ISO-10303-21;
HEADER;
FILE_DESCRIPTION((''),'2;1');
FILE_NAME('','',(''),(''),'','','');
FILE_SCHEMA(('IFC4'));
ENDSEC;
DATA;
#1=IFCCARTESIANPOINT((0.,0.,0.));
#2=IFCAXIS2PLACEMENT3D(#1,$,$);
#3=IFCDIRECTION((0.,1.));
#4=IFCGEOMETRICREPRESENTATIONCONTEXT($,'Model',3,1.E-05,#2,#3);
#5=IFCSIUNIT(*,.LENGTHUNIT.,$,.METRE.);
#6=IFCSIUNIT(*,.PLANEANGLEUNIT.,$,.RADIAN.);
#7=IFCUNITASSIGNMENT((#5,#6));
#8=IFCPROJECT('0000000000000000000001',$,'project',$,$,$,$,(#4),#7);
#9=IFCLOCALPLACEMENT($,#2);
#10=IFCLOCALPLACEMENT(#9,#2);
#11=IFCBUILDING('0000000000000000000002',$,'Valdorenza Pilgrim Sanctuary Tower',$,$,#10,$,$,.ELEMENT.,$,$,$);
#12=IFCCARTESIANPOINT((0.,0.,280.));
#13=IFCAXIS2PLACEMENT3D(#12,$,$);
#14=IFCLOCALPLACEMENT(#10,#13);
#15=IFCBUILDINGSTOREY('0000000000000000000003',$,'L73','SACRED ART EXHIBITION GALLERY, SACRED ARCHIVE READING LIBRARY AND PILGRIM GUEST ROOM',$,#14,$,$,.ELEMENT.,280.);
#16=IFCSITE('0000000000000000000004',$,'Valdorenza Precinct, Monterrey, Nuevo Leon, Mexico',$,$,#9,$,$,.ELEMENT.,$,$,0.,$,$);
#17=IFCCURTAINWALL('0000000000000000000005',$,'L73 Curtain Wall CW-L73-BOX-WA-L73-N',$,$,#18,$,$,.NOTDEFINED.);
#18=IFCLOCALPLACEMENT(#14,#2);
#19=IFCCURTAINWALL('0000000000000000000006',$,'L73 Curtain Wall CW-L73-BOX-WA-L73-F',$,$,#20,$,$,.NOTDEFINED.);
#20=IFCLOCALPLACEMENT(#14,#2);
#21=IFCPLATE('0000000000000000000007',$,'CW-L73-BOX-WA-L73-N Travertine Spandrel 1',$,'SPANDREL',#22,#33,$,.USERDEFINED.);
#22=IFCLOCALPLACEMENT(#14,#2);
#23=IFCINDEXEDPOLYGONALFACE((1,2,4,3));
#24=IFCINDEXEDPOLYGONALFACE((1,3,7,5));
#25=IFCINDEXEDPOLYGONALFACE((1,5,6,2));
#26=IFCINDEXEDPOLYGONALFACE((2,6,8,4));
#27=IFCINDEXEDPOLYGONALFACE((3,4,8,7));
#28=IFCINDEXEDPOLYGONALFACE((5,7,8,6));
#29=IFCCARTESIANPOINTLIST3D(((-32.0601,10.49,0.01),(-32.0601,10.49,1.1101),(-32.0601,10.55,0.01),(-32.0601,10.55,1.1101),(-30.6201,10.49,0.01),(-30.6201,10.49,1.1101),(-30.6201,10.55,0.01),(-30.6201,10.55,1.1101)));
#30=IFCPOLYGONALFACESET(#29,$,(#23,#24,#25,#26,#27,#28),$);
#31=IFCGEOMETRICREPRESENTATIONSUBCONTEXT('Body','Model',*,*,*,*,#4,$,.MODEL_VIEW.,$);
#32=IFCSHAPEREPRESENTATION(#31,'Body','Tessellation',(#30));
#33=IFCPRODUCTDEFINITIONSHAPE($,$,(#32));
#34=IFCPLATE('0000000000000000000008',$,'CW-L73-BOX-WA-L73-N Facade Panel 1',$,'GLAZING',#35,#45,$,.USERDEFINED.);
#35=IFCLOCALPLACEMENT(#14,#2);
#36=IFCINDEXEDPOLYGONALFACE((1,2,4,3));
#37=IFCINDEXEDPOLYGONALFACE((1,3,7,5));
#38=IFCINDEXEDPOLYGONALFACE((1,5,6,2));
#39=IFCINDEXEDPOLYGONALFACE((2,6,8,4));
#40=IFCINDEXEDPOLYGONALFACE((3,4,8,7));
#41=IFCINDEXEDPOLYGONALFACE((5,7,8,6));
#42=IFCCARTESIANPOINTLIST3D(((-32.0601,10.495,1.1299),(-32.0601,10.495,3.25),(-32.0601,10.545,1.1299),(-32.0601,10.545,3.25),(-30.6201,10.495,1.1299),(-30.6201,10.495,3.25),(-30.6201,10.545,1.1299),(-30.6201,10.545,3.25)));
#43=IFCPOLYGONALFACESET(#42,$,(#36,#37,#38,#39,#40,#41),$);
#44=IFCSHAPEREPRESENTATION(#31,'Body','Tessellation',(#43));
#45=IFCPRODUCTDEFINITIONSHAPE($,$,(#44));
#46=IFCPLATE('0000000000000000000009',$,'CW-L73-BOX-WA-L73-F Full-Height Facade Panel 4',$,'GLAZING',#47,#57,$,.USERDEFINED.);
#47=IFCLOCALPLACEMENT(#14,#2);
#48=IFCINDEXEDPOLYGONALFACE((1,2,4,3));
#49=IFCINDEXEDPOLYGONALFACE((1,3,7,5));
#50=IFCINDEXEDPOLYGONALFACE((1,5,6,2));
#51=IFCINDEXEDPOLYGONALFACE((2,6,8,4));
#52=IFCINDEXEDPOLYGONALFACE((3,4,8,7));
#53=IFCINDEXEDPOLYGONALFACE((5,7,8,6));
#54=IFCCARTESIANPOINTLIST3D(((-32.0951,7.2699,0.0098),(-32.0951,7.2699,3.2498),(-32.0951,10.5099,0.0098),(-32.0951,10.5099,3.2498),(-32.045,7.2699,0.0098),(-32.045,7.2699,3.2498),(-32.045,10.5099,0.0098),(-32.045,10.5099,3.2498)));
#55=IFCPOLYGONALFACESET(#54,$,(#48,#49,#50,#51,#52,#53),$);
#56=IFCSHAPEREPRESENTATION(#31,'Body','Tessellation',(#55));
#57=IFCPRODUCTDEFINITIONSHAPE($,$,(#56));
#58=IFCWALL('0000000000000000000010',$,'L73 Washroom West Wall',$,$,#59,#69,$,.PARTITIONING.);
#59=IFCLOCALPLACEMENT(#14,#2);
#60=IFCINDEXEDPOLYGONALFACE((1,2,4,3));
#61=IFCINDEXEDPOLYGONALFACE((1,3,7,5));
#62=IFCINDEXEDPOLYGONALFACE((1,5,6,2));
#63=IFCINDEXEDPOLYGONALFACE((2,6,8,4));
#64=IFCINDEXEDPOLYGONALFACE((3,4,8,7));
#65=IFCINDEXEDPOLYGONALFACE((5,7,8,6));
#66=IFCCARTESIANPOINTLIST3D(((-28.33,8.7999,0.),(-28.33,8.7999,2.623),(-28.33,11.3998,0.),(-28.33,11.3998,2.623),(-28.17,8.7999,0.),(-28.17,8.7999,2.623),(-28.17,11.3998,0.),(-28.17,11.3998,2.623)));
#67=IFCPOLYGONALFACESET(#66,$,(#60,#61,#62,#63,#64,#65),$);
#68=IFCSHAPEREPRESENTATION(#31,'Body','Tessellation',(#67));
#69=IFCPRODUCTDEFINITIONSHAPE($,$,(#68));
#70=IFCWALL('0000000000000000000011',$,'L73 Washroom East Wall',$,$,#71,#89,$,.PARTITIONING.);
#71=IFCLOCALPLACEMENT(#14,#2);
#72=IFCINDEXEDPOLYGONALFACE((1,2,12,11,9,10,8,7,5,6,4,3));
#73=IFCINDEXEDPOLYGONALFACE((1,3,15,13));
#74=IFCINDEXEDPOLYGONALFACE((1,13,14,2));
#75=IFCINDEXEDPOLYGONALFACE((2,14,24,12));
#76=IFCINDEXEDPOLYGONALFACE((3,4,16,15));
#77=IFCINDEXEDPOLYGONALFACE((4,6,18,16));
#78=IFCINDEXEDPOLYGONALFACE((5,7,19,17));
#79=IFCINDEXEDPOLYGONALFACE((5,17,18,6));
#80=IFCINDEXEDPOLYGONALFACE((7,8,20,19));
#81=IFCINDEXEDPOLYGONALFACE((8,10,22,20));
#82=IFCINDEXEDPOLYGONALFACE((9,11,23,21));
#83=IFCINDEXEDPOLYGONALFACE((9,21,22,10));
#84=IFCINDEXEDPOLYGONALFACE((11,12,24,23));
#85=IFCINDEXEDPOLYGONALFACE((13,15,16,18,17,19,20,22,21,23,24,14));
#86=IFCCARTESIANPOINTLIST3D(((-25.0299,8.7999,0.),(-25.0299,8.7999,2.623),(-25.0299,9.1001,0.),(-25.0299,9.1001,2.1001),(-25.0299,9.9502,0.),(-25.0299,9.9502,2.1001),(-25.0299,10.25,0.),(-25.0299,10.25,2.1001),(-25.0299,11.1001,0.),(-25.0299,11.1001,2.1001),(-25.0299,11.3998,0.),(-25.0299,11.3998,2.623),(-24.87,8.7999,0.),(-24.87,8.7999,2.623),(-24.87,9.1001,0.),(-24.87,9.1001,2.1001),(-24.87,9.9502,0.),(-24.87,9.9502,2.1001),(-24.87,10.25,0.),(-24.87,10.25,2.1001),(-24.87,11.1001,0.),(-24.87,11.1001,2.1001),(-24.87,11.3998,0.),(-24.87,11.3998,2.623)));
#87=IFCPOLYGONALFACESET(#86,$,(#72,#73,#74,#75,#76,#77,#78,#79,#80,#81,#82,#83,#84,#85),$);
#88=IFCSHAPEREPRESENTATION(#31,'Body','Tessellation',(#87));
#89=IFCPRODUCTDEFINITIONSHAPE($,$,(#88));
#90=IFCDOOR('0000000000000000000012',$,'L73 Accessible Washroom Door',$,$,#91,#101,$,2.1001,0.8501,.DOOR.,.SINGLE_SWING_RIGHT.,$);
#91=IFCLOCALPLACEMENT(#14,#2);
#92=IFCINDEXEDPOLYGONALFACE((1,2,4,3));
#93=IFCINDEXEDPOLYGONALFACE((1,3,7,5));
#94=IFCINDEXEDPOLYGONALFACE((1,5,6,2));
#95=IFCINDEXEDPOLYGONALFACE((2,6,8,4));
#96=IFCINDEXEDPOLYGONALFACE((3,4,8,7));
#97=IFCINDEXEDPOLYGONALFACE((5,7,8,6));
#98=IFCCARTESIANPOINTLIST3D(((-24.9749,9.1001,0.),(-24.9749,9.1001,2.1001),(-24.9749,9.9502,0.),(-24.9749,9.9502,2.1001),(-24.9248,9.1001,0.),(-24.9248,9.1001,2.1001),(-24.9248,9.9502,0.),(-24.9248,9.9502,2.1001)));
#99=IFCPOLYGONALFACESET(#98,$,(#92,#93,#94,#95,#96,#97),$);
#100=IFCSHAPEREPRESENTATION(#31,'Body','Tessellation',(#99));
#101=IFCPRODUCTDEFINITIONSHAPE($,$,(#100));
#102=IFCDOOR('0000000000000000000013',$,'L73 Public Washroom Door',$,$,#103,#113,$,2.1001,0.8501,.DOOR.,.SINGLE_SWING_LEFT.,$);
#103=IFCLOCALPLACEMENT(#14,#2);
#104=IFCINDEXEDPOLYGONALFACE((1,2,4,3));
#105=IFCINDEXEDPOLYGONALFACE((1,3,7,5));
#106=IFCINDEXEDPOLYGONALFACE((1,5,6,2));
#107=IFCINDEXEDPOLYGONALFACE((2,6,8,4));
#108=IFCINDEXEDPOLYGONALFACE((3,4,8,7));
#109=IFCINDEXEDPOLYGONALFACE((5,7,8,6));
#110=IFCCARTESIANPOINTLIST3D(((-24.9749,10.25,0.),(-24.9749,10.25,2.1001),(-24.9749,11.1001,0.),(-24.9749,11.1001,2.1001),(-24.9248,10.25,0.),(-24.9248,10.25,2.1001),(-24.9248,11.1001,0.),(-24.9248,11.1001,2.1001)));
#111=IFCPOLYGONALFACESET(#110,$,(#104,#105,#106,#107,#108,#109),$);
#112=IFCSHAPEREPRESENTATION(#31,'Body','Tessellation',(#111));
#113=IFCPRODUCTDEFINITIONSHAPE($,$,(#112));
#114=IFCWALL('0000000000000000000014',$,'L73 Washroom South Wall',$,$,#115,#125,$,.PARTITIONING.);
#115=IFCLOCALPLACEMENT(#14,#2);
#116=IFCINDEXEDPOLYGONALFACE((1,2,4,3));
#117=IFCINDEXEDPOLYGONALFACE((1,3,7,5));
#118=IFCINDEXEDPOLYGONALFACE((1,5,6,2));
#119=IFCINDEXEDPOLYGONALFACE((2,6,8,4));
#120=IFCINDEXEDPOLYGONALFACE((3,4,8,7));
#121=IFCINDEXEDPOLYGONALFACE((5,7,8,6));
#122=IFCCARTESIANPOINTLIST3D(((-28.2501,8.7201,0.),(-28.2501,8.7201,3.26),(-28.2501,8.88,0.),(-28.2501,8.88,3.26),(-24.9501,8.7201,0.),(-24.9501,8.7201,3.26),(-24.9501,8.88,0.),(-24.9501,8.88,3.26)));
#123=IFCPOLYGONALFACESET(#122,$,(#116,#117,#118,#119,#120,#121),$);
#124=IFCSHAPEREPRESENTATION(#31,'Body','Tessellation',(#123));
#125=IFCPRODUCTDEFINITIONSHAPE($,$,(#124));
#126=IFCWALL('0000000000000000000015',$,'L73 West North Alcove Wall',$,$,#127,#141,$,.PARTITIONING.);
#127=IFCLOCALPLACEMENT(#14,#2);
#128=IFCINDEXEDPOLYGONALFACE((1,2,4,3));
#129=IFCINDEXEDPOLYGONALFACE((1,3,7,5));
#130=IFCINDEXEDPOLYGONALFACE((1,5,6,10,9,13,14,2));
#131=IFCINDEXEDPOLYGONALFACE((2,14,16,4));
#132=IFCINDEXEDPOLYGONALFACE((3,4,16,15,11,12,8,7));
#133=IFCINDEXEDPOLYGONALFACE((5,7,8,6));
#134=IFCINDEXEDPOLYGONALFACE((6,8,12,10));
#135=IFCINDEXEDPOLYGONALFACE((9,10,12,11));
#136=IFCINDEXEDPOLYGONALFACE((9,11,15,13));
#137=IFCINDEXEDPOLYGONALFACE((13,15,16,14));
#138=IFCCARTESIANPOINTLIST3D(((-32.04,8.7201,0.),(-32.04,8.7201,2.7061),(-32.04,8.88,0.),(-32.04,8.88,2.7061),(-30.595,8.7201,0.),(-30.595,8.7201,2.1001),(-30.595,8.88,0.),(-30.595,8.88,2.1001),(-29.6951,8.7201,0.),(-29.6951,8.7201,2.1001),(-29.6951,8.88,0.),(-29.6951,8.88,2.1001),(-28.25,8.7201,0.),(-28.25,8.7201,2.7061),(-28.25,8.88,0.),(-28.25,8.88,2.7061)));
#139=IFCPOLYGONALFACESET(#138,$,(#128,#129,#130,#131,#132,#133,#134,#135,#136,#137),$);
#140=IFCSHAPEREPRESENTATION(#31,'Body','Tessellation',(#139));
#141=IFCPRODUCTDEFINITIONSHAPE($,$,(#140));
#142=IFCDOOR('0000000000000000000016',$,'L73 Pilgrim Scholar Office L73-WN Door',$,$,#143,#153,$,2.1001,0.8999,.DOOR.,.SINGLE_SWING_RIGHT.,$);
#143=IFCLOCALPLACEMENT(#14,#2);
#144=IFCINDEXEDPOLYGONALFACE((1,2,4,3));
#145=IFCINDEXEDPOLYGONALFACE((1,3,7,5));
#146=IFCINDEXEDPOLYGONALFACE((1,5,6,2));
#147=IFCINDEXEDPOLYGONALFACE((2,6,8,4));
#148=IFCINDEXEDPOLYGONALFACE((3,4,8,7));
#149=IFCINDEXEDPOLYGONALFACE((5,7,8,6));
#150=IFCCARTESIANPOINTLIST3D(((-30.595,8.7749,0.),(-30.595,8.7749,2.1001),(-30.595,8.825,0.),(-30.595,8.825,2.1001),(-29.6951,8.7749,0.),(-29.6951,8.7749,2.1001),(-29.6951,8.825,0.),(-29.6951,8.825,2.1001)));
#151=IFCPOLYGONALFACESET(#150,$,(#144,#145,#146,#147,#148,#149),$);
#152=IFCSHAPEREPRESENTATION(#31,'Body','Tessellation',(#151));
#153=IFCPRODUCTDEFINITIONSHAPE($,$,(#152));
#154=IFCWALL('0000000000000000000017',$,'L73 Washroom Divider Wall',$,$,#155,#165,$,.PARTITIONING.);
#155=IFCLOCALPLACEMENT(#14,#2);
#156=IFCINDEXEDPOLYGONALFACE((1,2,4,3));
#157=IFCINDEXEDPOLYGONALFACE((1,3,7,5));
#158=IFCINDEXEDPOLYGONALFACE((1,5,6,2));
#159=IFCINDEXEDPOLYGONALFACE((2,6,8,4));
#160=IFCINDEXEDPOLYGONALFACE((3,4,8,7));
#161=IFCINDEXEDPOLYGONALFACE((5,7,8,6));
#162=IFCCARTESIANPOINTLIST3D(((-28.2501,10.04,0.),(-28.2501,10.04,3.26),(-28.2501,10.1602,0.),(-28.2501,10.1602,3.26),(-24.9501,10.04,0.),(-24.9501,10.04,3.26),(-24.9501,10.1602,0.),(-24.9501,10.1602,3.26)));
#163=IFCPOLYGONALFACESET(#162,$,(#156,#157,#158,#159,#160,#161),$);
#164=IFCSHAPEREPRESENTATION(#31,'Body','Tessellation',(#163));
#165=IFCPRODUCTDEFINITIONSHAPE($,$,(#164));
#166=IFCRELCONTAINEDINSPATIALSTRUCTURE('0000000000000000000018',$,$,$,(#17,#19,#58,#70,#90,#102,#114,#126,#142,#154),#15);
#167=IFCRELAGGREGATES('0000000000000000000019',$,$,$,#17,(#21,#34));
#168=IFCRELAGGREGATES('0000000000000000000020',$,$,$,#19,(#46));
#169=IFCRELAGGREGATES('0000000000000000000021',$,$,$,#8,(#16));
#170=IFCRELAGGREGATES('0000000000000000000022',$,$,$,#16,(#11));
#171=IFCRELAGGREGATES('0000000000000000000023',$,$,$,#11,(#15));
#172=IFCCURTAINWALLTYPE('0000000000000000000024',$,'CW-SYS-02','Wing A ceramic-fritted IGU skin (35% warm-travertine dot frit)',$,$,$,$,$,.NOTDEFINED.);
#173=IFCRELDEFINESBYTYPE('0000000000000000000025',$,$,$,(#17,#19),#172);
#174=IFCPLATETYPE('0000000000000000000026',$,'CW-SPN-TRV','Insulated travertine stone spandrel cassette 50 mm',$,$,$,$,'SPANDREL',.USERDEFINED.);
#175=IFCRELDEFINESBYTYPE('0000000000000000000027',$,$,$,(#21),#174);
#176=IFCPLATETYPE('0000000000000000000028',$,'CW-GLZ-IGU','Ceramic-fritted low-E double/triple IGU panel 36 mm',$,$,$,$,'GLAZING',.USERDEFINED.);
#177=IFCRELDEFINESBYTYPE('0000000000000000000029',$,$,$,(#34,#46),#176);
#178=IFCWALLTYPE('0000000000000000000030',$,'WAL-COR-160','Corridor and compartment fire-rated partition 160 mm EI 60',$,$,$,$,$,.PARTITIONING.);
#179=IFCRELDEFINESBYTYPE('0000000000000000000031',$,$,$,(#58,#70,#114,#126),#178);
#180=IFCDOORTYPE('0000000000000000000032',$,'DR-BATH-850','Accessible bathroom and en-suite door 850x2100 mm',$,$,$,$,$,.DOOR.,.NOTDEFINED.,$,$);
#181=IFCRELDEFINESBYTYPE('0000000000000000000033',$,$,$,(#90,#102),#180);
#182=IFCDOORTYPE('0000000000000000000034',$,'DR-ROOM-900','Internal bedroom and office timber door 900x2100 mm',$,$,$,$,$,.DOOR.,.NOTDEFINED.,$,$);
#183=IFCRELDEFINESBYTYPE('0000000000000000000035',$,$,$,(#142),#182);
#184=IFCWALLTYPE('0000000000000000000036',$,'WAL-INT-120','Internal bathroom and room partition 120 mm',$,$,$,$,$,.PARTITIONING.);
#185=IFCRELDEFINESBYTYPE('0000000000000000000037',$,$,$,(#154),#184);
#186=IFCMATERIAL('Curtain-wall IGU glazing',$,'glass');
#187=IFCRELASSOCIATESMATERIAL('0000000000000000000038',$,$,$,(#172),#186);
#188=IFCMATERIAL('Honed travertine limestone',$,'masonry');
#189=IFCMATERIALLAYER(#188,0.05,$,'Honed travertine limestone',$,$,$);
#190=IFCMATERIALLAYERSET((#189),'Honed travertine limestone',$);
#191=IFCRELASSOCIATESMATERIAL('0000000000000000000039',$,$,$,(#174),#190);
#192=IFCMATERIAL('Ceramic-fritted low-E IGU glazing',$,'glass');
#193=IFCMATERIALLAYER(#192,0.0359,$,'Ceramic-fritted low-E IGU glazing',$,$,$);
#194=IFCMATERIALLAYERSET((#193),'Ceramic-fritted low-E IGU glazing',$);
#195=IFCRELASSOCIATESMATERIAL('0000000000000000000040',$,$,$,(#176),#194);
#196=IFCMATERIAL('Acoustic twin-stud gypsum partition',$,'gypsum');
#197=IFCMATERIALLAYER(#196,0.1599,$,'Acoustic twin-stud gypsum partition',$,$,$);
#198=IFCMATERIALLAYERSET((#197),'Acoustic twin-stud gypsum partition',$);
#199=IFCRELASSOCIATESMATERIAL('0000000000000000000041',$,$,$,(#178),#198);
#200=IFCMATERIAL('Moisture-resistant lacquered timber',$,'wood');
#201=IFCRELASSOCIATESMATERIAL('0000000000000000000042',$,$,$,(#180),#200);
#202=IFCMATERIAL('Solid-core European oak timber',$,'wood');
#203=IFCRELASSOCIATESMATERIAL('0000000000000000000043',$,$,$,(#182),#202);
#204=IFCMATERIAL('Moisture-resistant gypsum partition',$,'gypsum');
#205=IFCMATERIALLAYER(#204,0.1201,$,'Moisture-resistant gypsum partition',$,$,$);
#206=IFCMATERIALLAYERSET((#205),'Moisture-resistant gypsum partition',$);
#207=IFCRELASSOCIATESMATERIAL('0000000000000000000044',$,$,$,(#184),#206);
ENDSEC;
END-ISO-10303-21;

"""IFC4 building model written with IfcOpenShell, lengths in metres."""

from ifc_helpers import new_model, si_unit, direction, frame, frame_2d, origin, origin_2d, place, context, subcontext, project, spatial, rectangle, extrude, source, transform, mapped, material, layer, layer_set, type_object, element, fill, aggregate, save


model = new_model("IFC4")

# Units and contexts
model_context = context("Model", 3, precision=1e-05, world=origin(), true_north=direction((0.0, 1.0)))
body_context = subcontext(model_context, "Body", "Model", "MODEL_VIEW")
ifc_project = project(units=[si_unit("LENGTHUNIT", "METRE"), si_unit("PLANEANGLEUNIT", "RADIAN")], contexts=[model_context])

# Site, building, storey
site_placement = place(None, origin())
site = spatial("IfcSite", under=ifc_project, at=site_placement, Name="Valdorenza Precinct, Monterrey, Nuevo Leon, Mexico", CompositionType="ELEMENT", RefElevation=0.0)
building_placement = place(site_placement, origin())
building = spatial("IfcBuilding", under=site, at=building_placement, Name="Valdorenza Pilgrim Sanctuary Tower", CompositionType="ELEMENT")
storey_placement = place(building_placement, frame((0.0, 0.0, 280.0)))
storey = spatial("IfcBuildingStorey", under=building, at=storey_placement, Name="L73", Description="SACRED ART EXHIBITION GALLERY, SACRED ARCHIVE READING LIBRARY AND PILGRIM GUEST ROOM", CompositionType="ELEMENT", Elevation=280.0)

# Curtain wall
ifc_material_1 = material(Name="Curtain-wall IGU glazing", Category="glass")
curtain_wall_type = type_object("IfcCurtainWallType", Name="CW-SYS-02", Description="Wing A ceramic-fritted IGU skin (35% warm-travertine dot frit)", PredefinedType="NOTDEFINED", material=ifc_material_1)
curtain_wall_1_placement = place(storey_placement, origin())
curtain_wall_1 = element("IfcCurtainWall", 1, at=curtain_wall_1_placement, inside=storey, type_object=curtain_wall_type, Name="L73 Curtain Wall CW-L73-BOX-WA-L73-N", PredefinedType="NOTDEFINED")

# Curtain wall
curtain_wall_2_placement = place(storey_placement, origin())
curtain_wall_2 = element("IfcCurtainWall", 2, at=curtain_wall_2_placement, inside=storey, type_object=curtain_wall_type, Name="L73 Curtain Wall CW-L73-BOX-WA-L73-F", PredefinedType="NOTDEFINED")

# Plates
ifc_material_2 = material(Name="Honed travertine limestone", Category="masonry")
ifc_layer_1 = layer(ifc_material_2, 0.05, Name="Honed travertine limestone")
ifc_layer_set_1 = layer_set([ifc_layer_1], Name="Honed travertine limestone")
plate_type_1 = type_object("IfcPlateType", Name="CW-SPN-TRV", Description="Insulated travertine stone spandrel cassette 50 mm", ElementType="SPANDREL", PredefinedType="USERDEFINED", material=ifc_layer_set_1)
shared_shape_1 = source(origin(), body_context, "Body", "SweptSolid", [
    extrude(rectangle(XDim=1.4399, YDim=0.0601, at=origin_2d()), origin(), (0.0, 0.0, 1.0), 1.1001),
])
plate_1_placement = place(storey_placement, frame((-31.3401, 10.52, 0.01), z_axis=(0.0, 0.0, 1.0), x_axis=(1.0, 0.0, 0.0)))
plate_1 = element("IfcPlate", 3, at=plate_1_placement, type_object=plate_type_1, Name="CW-L73-BOX-WA-L73-N Travertine Spandrel 1", ObjectType="SPANDREL", PredefinedType="USERDEFINED", context=body_context, shape_type="MappedRepresentation", body=[
    mapped(shared_shape_1, transform((0.0, 0.0, 0.0), x_axis=(1.0, 0.0, 0.0), y_axis=(0.0, 1.0, 0.0), z_axis=(0.0, 0.0, 1.0), scale=1.0)),
])
ifc_material_3 = material(Name="Ceramic-fritted low-E IGU glazing", Category="glass")
ifc_layer_2 = layer(ifc_material_3, 0.0359, Name="Ceramic-fritted low-E IGU glazing")
ifc_layer_set_2 = layer_set([ifc_layer_2], Name="Ceramic-fritted low-E IGU glazing")
plate_type_2 = type_object("IfcPlateType", Name="CW-GLZ-IGU", Description="Ceramic-fritted low-E double/triple IGU panel 36 mm", ElementType="GLAZING", PredefinedType="USERDEFINED", material=ifc_layer_set_2)
shared_shape_2 = source(origin(), body_context, "Body", "SweptSolid", [
    extrude(rectangle(XDim=1.4399, YDim=0.05, at=origin_2d()), origin(), (0.0, 0.0, 1.0), 2.1201),
])
plate_2_placement = place(storey_placement, frame((-31.3401, 10.52, 1.1299), z_axis=(0.0, 0.0, 1.0), x_axis=(1.0, 0.0, 0.0)))
plate_2 = element("IfcPlate", 4, at=plate_2_placement, type_object=plate_type_2, Name="CW-L73-BOX-WA-L73-N Facade Panel 1", ObjectType="GLAZING", PredefinedType="USERDEFINED", context=body_context, shape_type="MappedRepresentation", body=[
    mapped(shared_shape_2, transform((0.0, 0.0, 0.0), x_axis=(1.0, 0.0, 0.0), y_axis=(0.0, 1.0, 0.0), z_axis=(0.0, 0.0, 1.0), scale=1.0)),
])
aggregate(curtain_wall_1, [plate_1, plate_2])
shared_shape_3 = source(origin(), body_context, "Body", "SweptSolid", [
    extrude(rectangle(XDim=3.24, YDim=0.05, at=origin_2d()), origin(), (0.0, 0.0, 1.0), 3.24),
])
plate_3_placement = place(storey_placement, frame((-32.0701, 8.8899, 0.0098), z_axis=(0.0, 0.0, 1.0), x_axis=(0.0, 1.0, 0.0)))
plate_3 = element("IfcPlate", 5, at=plate_3_placement, type_object=plate_type_2, Name="CW-L73-BOX-WA-L73-F Full-Height Facade Panel 4", ObjectType="GLAZING", PredefinedType="USERDEFINED", context=body_context, shape_type="MappedRepresentation", body=[
    mapped(shared_shape_3, transform((0.0, 0.0, 0.0), x_axis=(1.0, 0.0, 0.0), y_axis=(0.0, 1.0, 0.0), z_axis=(0.0, 0.0, 1.0), scale=1.0)),
])
aggregate(curtain_wall_2, [plate_3])

# Wall
ifc_material_4 = material(Name="Acoustic twin-stud gypsum partition", Category="gypsum")
ifc_layer_3 = layer(ifc_material_4, 0.1599, Name="Acoustic twin-stud gypsum partition")
ifc_layer_set_3 = layer_set([ifc_layer_3], Name="Acoustic twin-stud gypsum partition")
wall_type_1 = type_object("IfcWallType", Name="WAL-COR-160", Description="Corridor and compartment fire-rated partition 160 mm EI 60", PredefinedType="PARTITIONING", material=ifc_layer_set_3)
wall_1_placement = place(storey_placement, frame((-28.25, 8.8, 0.0), z_axis=(0.0, 0.0, 1.0), x_axis=(0.0, 1.0, 0.0)))
element("IfcWall", 6, at=wall_1_placement, inside=storey, type_object=wall_type_1, Name="L73 Washroom West Wall", PredefinedType="PARTITIONING", context=body_context, shape_type="SweptSolid", body=[
    extrude(rectangle(XDim=2.5999, YDim=0.1599, at=frame_2d((1.2998, 0.0))), origin(), (0.0, 0.0, 1.0), 2.623),
])

# Wall, openings, doors
wall_2_placement = place(storey_placement, frame((-24.95, 8.8, 0.0), z_axis=(0.0, 0.0, 1.0), x_axis=(0.0, 1.0, 0.0)))
wall_2 = element("IfcWall", 7, at=wall_2_placement, inside=storey, type_object=wall_type_1, Name="L73 Washroom East Wall", PredefinedType="PARTITIONING", context=body_context, shape_type="SweptSolid", body=[
    extrude(rectangle(XDim=2.5999, YDim=0.1599, at=frame_2d((1.2998, 0.0))), origin(), (0.0, 0.0, 1.0), 2.623),
])
opening_1_placement = place(wall_2_placement, frame((0.3, 0.0, 0.0)))
opening_1 = element("IfcOpeningElement", 8, at=opening_1_placement, cuts=wall_2, PredefinedType="OPENING", context=body_context, shape_type="SweptSolid", body=[
    extrude(rectangle(XDim=0.8501, YDim=2.1001, at=frame_2d((0.425, 1.05))), frame((0.0, 0.0947, 0.0), z_axis=(0.0, -1.0, 0.0), x_axis=(1.0, 0.0, 0.0)), (0.0, 0.0, 1.0), 0.1897),
])
opening_2_placement = place(wall_2_placement, frame((1.45, 0.0, 0.0)))
opening_2 = element("IfcOpeningElement", 9, at=opening_2_placement, cuts=wall_2, PredefinedType="OPENING", context=body_context, shape_type="SweptSolid", body=[
    extrude(rectangle(XDim=0.8501, YDim=2.1001, at=frame_2d((0.425, 1.05))), frame((0.0, 0.0947, 0.0), z_axis=(0.0, -1.0, 0.0), x_axis=(1.0, 0.0, 0.0)), (0.0, 0.0, 1.0), 0.1897),
])
ifc_material_5 = material(Name="Moisture-resistant lacquered timber", Category="wood")
door_type_1 = type_object("IfcDoorType", Name="DR-BATH-850", Description="Accessible bathroom and en-suite door 850x2100 mm", OperationType="NOTDEFINED", PredefinedType="DOOR", material=ifc_material_5)
door_1_placement = place(opening_1_placement, origin())
door_1 = element("IfcDoor", 10, at=door_1_placement, inside=storey, type_object=door_type_1, Name="L73 Accessible Washroom Door", OperationType="SINGLE_SWING_RIGHT", OverallHeight=2.1001, OverallWidth=0.8501, PredefinedType="DOOR", context=body_context, shape_type="SweptSolid", body=[
    extrude(rectangle(XDim=0.8501, YDim=2.1001, at=frame_2d((0.425, 1.05))), frame((0.0, 0.0249, 0.0), z_axis=(0.0, -1.0, 0.0), x_axis=(1.0, 0.0, 0.0)), (0.0, 0.0, 1.0), 0.05),
])
fill(opening_1, door_1)
door_2_placement = place(opening_2_placement, origin())
door_2 = element("IfcDoor", 11, at=door_2_placement, inside=storey, type_object=door_type_1, Name="L73 Public Washroom Door", OperationType="SINGLE_SWING_LEFT", OverallHeight=2.1001, OverallWidth=0.8501, PredefinedType="DOOR", context=body_context, shape_type="SweptSolid", body=[
    extrude(rectangle(XDim=0.8501, YDim=2.1001, at=frame_2d((0.425, 1.05))), frame((0.0, 0.0249, 0.0), z_axis=(0.0, -1.0, 0.0), x_axis=(1.0, 0.0, 0.0)), (0.0, 0.0, 1.0), 0.05),
])
fill(opening_2, door_2)

# Wall
wall_3_placement = place(storey_placement, frame((-28.25, 8.8, 0.0), z_axis=(0.0, 0.0, 1.0), x_axis=(1.0, 0.0, 0.0)))
element("IfcWall", 12, at=wall_3_placement, inside=storey, type_object=wall_type_1, Name="L73 Washroom South Wall", PredefinedType="PARTITIONING", context=body_context, shape_type="SweptSolid", body=[
    extrude(rectangle(XDim=3.3, YDim=0.1599, at=frame_2d((1.6499, 0.0))), origin(), (0.0, 0.0, 1.0), 3.26),
])

# Wall, opening, door
wall_4_placement = place(storey_placement, frame((-32.04, 8.8, 0.0), z_axis=(0.0, 0.0, 1.0), x_axis=(1.0, 0.0, 0.0)))
wall_4 = element("IfcWall", 13, at=wall_4_placement, inside=storey, type_object=wall_type_1, Name="L73 West North Alcove Wall", PredefinedType="PARTITIONING", context=body_context, shape_type="SweptSolid", body=[
    extrude(rectangle(XDim=3.79, YDim=0.1599, at=frame_2d((1.895, 0.0))), origin(), (0.0, 0.0, 1.0), 2.7061),
])
opening_3_placement = place(wall_4_placement, frame((1.4451, 0.0, 0.0)))
opening_3 = element("IfcOpeningElement", 14, at=opening_3_placement, cuts=wall_4, PredefinedType="OPENING", context=body_context, shape_type="SweptSolid", body=[
    extrude(rectangle(XDim=0.8999, YDim=2.1001, at=frame_2d((0.45, 1.05))), frame((0.0, 0.0947, 0.0), z_axis=(0.0, -1.0, 0.0), x_axis=(1.0, 0.0, 0.0)), (0.0, 0.0, 1.0), 0.1897),
])
ifc_material_6 = material(Name="Solid-core European oak timber", Category="wood")
door_type_2 = type_object("IfcDoorType", Name="DR-ROOM-900", Description="Internal bedroom and office timber door 900x2100 mm", OperationType="NOTDEFINED", PredefinedType="DOOR", material=ifc_material_6)
door_3_placement = place(opening_3_placement, origin())
door_3 = element("IfcDoor", 15, at=door_3_placement, inside=storey, type_object=door_type_2, Name="L73 Pilgrim Scholar Office L73-WN Door", OperationType="SINGLE_SWING_RIGHT", OverallHeight=2.1001, OverallWidth=0.8999, PredefinedType="DOOR", context=body_context, shape_type="SweptSolid", body=[
    extrude(rectangle(XDim=0.8999, YDim=2.1001, at=frame_2d((0.45, 1.05))), frame((0.0, 0.0249, 0.0), z_axis=(0.0, -1.0, 0.0), x_axis=(1.0, 0.0, 0.0)), (0.0, 0.0, 1.0), 0.05),
])
fill(opening_3, door_3)

# Wall
ifc_material_7 = material(Name="Moisture-resistant gypsum partition", Category="gypsum")
ifc_layer_4 = layer(ifc_material_7, 0.1201, Name="Moisture-resistant gypsum partition")
ifc_layer_set_4 = layer_set([ifc_layer_4], Name="Moisture-resistant gypsum partition")
wall_type_2 = type_object("IfcWallType", Name="WAL-INT-120", Description="Internal bathroom and room partition 120 mm", PredefinedType="PARTITIONING", material=ifc_layer_set_4)
wall_5_placement = place(storey_placement, frame((-28.25, 10.1001, 0.0), z_axis=(0.0, 0.0, 1.0), x_axis=(1.0, 0.0, 0.0)))
element("IfcWall", 16, at=wall_5_placement, inside=storey, type_object=wall_type_2, Name="L73 Washroom Divider Wall", PredefinedType="PARTITIONING", context=body_context, shape_type="SweptSolid", body=[
    extrude(rectangle(XDim=3.3, YDim=0.1201, at=frame_2d((1.6499, 0.0))), origin(), (0.0, 0.0, 1.0), 3.26),
])

save(model, "model.ifc")
